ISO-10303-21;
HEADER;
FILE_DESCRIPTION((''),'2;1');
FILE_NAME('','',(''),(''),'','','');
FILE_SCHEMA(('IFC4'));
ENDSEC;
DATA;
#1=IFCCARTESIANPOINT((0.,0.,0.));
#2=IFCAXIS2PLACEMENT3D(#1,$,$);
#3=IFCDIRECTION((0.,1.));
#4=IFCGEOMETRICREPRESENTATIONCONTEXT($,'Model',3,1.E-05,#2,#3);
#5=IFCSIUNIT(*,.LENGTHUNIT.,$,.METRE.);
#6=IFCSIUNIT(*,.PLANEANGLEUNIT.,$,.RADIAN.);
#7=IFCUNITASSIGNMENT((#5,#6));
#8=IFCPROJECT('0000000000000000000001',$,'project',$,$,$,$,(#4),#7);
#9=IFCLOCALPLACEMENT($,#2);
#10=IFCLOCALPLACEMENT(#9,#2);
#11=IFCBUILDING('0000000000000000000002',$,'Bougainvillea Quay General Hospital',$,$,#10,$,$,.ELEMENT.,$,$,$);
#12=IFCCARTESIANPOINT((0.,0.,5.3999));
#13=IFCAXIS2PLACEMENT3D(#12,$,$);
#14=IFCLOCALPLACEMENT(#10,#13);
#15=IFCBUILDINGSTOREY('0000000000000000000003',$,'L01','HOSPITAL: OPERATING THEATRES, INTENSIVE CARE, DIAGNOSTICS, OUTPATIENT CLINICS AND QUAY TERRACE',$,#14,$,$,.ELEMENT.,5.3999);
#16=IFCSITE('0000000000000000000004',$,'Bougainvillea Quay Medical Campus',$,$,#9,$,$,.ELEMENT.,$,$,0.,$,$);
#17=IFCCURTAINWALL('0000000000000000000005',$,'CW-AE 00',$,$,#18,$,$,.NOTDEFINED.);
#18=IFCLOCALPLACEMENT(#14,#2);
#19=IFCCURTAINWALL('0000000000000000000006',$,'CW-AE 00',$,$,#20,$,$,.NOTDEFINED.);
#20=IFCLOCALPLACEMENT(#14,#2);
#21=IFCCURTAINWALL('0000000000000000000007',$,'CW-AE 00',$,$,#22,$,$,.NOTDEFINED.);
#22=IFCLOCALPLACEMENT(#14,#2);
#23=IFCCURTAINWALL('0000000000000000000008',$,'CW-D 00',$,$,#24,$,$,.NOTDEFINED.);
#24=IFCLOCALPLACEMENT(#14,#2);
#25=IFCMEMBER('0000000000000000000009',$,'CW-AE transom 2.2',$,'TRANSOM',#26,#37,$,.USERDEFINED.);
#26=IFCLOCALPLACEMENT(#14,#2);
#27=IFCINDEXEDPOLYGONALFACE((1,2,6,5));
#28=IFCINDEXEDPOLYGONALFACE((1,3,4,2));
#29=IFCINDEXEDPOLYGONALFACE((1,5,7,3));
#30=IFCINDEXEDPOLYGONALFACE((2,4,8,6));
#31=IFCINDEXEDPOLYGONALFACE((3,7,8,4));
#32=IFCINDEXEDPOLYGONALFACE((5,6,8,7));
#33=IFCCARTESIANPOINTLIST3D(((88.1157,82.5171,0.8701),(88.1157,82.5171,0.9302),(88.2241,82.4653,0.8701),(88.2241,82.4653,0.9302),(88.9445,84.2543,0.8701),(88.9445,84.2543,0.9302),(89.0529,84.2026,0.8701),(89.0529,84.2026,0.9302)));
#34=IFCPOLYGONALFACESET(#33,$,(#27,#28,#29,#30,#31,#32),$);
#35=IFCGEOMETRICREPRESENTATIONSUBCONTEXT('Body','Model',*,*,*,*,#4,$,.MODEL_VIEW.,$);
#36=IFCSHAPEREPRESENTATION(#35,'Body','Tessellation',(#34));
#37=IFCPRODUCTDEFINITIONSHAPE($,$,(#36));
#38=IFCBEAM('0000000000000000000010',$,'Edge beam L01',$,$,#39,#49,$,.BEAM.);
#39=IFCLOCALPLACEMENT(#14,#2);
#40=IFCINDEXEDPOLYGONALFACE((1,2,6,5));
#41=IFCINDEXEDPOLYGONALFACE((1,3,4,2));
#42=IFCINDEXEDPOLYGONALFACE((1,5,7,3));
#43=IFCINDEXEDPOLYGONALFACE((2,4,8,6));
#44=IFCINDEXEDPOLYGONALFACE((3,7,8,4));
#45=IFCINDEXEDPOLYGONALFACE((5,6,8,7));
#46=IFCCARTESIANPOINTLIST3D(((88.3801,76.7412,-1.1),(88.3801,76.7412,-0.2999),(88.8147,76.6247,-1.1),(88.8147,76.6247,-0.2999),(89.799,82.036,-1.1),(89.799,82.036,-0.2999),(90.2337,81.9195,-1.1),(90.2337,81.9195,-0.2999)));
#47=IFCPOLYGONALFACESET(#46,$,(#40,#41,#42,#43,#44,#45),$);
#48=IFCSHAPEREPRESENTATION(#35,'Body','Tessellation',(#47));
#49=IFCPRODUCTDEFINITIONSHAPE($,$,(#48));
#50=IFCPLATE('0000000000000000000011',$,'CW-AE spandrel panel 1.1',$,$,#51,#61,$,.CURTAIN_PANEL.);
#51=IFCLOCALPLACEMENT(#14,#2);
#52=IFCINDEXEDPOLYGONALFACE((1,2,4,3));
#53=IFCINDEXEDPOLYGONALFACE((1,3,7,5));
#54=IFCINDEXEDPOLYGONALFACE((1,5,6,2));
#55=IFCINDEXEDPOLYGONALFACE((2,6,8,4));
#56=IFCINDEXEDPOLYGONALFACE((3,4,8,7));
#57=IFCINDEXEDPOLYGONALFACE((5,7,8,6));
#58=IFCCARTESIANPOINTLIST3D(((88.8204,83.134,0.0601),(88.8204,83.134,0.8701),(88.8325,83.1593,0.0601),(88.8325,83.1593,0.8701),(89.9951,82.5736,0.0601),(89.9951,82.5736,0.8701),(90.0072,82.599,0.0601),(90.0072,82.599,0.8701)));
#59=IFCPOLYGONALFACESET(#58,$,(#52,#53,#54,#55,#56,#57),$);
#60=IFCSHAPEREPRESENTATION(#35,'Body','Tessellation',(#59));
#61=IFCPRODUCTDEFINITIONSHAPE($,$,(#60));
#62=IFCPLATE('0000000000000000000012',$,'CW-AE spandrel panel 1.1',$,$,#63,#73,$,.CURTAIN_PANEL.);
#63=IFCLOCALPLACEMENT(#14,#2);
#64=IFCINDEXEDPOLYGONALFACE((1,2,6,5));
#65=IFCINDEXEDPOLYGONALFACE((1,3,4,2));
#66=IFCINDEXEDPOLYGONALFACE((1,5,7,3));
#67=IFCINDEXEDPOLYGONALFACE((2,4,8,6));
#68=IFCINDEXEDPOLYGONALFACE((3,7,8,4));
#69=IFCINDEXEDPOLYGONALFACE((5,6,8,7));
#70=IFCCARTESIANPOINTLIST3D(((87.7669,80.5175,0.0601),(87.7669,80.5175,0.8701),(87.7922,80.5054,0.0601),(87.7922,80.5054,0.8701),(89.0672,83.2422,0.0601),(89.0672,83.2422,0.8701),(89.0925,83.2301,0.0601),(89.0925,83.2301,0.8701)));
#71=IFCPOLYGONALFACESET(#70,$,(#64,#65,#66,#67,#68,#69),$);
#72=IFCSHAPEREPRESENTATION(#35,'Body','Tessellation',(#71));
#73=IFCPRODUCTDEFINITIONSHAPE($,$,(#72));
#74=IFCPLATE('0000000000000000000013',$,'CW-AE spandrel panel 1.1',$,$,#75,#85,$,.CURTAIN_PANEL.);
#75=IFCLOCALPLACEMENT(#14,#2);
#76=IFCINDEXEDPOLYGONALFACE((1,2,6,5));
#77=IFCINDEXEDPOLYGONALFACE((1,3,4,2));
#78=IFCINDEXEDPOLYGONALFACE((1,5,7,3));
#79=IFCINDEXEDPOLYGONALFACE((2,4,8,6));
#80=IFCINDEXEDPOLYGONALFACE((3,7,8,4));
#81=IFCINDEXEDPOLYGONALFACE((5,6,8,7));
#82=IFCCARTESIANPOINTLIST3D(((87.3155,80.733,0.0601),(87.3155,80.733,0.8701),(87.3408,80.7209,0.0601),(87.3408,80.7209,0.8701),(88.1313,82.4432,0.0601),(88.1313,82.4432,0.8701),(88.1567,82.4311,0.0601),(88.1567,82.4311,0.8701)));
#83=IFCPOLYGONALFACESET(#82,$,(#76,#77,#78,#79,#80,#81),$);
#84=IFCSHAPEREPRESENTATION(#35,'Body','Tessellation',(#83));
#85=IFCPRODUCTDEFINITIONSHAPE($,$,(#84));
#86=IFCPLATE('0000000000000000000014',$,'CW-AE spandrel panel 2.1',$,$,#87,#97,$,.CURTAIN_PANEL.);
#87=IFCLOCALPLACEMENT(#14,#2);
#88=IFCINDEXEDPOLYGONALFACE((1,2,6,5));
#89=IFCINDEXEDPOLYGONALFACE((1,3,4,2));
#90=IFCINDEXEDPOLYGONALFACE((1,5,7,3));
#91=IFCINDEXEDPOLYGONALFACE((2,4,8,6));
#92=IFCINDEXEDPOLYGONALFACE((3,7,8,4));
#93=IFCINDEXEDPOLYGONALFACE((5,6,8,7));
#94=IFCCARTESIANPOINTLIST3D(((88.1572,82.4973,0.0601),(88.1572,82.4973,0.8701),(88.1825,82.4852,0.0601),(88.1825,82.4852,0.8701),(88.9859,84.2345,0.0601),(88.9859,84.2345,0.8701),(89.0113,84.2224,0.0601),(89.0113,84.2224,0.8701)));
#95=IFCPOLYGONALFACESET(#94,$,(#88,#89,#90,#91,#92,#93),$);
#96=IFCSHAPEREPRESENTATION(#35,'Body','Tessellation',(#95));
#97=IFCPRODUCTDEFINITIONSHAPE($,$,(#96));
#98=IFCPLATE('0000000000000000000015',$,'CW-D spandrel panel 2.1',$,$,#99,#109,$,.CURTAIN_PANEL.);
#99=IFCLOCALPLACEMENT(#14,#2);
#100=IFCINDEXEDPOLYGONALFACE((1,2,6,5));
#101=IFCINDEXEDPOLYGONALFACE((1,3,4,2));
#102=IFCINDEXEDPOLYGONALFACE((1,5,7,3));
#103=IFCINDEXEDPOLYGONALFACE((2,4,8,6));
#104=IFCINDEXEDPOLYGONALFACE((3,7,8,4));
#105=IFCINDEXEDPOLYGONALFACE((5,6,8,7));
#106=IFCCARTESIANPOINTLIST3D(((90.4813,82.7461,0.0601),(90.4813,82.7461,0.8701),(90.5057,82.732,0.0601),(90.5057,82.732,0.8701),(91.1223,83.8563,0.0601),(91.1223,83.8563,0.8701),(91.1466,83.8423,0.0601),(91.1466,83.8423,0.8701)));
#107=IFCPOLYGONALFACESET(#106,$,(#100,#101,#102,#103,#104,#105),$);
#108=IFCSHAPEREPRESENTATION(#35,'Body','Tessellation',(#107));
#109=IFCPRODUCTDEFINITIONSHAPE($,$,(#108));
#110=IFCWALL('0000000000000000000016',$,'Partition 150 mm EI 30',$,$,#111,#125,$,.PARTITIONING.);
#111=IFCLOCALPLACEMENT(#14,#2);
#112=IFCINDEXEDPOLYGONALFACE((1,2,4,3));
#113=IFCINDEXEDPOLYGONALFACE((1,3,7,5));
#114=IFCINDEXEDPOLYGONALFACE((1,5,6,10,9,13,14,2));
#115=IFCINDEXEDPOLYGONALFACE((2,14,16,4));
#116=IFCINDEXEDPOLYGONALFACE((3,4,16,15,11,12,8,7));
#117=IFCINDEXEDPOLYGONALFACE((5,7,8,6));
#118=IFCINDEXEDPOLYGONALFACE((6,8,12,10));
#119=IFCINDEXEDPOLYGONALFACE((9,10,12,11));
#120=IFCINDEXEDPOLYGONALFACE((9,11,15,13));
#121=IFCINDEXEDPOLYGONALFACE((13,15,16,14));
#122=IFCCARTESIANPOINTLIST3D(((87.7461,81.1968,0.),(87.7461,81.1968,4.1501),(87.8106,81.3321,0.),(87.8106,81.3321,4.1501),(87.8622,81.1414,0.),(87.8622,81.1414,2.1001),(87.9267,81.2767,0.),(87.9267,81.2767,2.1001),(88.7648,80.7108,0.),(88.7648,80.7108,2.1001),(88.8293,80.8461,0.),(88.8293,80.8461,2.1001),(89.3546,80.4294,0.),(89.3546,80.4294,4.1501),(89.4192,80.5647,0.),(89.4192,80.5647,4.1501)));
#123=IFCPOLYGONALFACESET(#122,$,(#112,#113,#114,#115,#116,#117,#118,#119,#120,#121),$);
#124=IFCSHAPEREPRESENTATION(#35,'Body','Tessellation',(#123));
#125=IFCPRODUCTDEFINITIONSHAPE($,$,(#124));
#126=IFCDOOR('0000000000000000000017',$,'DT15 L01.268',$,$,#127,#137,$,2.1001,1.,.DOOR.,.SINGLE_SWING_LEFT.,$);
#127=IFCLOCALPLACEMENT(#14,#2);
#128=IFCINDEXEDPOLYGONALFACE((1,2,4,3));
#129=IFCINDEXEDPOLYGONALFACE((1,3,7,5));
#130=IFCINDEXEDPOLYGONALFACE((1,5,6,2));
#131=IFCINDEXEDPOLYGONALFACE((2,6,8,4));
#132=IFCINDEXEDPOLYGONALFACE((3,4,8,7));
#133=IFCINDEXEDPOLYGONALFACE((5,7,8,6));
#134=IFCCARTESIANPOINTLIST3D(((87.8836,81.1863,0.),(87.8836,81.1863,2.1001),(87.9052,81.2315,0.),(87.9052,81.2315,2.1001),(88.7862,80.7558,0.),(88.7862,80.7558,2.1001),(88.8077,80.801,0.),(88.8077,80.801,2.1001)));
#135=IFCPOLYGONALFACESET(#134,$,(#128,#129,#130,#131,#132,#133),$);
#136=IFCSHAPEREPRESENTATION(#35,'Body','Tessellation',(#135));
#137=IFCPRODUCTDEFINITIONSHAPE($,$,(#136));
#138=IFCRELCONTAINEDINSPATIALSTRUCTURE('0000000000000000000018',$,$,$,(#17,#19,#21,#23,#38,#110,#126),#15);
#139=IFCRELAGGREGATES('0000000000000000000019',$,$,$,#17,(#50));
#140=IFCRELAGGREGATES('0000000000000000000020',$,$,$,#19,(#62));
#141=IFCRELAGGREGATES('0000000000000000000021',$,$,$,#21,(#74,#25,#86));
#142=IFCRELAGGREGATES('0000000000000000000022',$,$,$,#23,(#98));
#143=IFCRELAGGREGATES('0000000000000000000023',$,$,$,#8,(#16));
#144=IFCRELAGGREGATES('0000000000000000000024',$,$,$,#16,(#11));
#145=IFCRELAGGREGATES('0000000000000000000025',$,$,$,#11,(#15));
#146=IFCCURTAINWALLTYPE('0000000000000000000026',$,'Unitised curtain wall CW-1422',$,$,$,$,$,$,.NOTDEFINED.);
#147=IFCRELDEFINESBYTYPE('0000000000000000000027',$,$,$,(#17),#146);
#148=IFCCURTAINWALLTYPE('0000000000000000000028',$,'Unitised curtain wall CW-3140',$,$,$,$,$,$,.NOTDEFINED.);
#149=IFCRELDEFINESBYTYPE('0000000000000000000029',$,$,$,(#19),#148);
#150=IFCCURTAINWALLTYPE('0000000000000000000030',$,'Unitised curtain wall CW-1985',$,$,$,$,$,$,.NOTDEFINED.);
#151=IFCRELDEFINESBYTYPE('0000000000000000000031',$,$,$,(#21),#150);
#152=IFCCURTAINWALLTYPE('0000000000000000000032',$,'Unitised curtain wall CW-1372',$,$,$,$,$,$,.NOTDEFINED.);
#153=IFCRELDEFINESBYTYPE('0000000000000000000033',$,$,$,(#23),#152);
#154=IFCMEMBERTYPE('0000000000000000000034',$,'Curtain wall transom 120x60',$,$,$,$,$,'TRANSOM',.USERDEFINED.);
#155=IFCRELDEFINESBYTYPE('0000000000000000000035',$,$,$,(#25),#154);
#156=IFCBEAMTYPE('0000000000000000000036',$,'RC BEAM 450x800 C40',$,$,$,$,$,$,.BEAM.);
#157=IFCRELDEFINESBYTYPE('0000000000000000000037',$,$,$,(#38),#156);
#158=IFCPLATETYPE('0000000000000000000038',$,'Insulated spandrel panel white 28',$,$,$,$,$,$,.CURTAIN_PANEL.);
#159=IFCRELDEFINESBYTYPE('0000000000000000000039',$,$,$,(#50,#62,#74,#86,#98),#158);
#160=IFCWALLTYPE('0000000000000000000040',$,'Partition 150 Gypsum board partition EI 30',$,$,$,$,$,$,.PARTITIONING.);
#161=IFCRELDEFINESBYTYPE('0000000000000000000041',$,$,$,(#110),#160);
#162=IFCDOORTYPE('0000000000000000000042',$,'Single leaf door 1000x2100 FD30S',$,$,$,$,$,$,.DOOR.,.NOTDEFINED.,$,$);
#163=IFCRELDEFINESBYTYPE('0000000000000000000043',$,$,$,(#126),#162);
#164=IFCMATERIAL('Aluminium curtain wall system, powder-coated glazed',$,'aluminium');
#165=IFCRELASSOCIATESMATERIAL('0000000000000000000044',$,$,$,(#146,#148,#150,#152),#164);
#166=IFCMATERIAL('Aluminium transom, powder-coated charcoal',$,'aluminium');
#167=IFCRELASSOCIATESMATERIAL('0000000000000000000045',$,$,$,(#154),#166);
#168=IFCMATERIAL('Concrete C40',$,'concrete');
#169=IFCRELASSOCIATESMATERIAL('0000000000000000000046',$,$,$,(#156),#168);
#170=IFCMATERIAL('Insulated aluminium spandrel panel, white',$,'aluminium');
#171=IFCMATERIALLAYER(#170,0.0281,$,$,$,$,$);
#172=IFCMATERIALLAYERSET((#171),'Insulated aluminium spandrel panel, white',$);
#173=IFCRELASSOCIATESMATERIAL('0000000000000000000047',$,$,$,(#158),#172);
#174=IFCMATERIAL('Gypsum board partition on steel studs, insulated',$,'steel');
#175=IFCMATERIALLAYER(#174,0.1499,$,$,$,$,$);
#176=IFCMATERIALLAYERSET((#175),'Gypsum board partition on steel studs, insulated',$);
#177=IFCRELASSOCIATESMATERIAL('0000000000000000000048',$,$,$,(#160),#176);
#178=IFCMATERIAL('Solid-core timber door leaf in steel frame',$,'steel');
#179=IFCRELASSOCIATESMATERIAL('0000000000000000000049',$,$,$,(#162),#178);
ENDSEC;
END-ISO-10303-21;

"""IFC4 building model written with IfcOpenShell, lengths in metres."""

from ifc_helpers import new_model, si_unit, direction, frame, frame_2d, origin, origin_2d, place, context, subcontext, project, spatial, rectangle, extrude, material, layer, layer_set, material_profile, profile_set, type_object, element, fill, aggregate, save


model = new_model("IFC4")

# Units and contexts
model_context = context("Model", 3, precision=1e-05, world=origin(), true_north=direction((0.0, 1.0)))
body_context = subcontext(model_context, "Body", "Model", "MODEL_VIEW")
ifc_project = project(units=[si_unit("LENGTHUNIT", "METRE"), si_unit("PLANEANGLEUNIT", "RADIAN")], contexts=[model_context])

# Site, building, storey
site_placement = place(None, origin())
site = spatial("IfcSite", under=ifc_project, at=site_placement, Name="Bougainvillea Quay Medical Campus", CompositionType="ELEMENT", RefElevation=0.0)
building_placement = place(site_placement, origin())
building = spatial("IfcBuilding", under=site, at=building_placement, Name="Bougainvillea Quay General Hospital", CompositionType="ELEMENT")
storey_placement = place(building_placement, frame((0.0, 0.0, 5.3999)))
storey = spatial("IfcBuildingStorey", under=building, at=storey_placement, Name="L01", Description="HOSPITAL: OPERATING THEATRES, INTENSIVE CARE, DIAGNOSTICS, OUTPATIENT CLINICS AND QUAY TERRACE", CompositionType="ELEMENT", Elevation=5.3999)

# Curtain walls
ifc_material_1 = material(Name="Aluminium curtain wall system, powder-coated glazed", Category="aluminium")
curtain_wall_type_1 = type_object("IfcCurtainWallType", Name="Unitised curtain wall CW-1422", PredefinedType="NOTDEFINED", material=ifc_material_1)
curtain_wall_1_placement = place(storey_placement, origin())
curtain_wall_1 = element("IfcCurtainWall", 1, at=curtain_wall_1_placement, inside=storey, type_object=curtain_wall_type_1, Name="CW-AE 00", PredefinedType="NOTDEFINED")
curtain_wall_type_2 = type_object("IfcCurtainWallType", Name="Unitised curtain wall CW-3140", PredefinedType="NOTDEFINED", material=ifc_material_1)
curtain_wall_2_placement = place(storey_placement, origin())
curtain_wall_2 = element("IfcCurtainWall", 2, at=curtain_wall_2_placement, inside=storey, type_object=curtain_wall_type_2, Name="CW-AE 00", PredefinedType="NOTDEFINED")

# Curtain walls
curtain_wall_type_3 = type_object("IfcCurtainWallType", Name="Unitised curtain wall CW-1985", PredefinedType="NOTDEFINED", material=ifc_material_1)
curtain_wall_3_placement = place(storey_placement, origin())
curtain_wall_3 = element("IfcCurtainWall", 3, at=curtain_wall_3_placement, inside=storey, type_object=curtain_wall_type_3, Name="CW-AE 00", PredefinedType="NOTDEFINED")
curtain_wall_type_4 = type_object("IfcCurtainWallType", Name="Unitised curtain wall CW-1372", PredefinedType="NOTDEFINED", material=ifc_material_1)
curtain_wall_4_placement = place(storey_placement, origin())
curtain_wall_4 = element("IfcCurtainWall", 4, at=curtain_wall_4_placement, inside=storey, type_object=curtain_wall_type_4, Name="CW-D 00", PredefinedType="NOTDEFINED")

# Member
ifc_material_2 = material(Name="Aluminium transom, powder-coated charcoal", Category="aluminium")
ifc_material_profile_1 = material_profile(ifc_material_2, rectangle(XDim=0.1201, YDim=0.0601, at=origin_2d()))
ifc_profile_set_1 = profile_set([ifc_material_profile_1], Name="Aluminium transom, powder-coated charcoal")
member_type_1 = type_object("IfcMemberType", Name="Curtain wall transom 120x60", ElementType="TRANSOM", PredefinedType="USERDEFINED", material=ifc_profile_set_1)
member_1_placement = place(storey_placement, frame((88.1699, 82.4912, 0.9001), z_axis=(0.430598, 0.902544, 0.0), x_axis=(-0.902544, 0.430598, 0.0)))
member_1 = element("IfcMember", 5, at=member_1_placement, type_object=member_type_1, Name="CW-AE transom 2.2", ObjectType="TRANSOM", PredefinedType="USERDEFINED", context=body_context, shape_type="SweptSolid", body=[
    extrude(rectangle(XDim=0.1201, YDim=0.0601, at=origin_2d()), origin(), (0.0, 0.0, 1.0), 1.9248),
])

# Beam
ifc_material_3 = material(Name="Concrete C40", Category="concrete")
ifc_material_profile_2 = material_profile(ifc_material_3, rectangle(XDim=0.45, YDim=0.8, at=origin_2d()))
ifc_profile_set_2 = profile_set([ifc_material_profile_2], Name="Concrete C40")
beam_type = type_object("IfcBeamType", Name="RC BEAM 450x800 C40", PredefinedType="BEAM", material=ifc_profile_set_2)
beam_placement = place(storey_placement, frame((90.0164, 81.9778, -0.7), z_axis=(-0.258849, -0.965918, 0.0), x_axis=(0.965918, -0.258849, 0.0)))
element("IfcBeam", 6, at=beam_placement, inside=storey, type_object=beam_type, Name="Edge beam L01", PredefinedType="BEAM", context=body_context, shape_type="SweptSolid", body=[
    extrude(rectangle(XDim=0.45, YDim=0.8, at=origin_2d()), origin(), (0.0, 0.0, 1.0), 5.4817),
])

# Plates
ifc_material_4 = material(Name="Insulated aluminium spandrel panel, white", Category="aluminium")
ifc_layer_1 = layer(ifc_material_4, 0.0281)
ifc_layer_set_1 = layer_set([ifc_layer_1], Name="Insulated aluminium spandrel panel, white")
plate_type = type_object("IfcPlateType", Name="Insulated spandrel panel white 28", PredefinedType="CURTAIN_PANEL", material=ifc_layer_set_1)
plate_1_placement = place(storey_placement, frame((89.4138, 82.8665, 0.0601), z_axis=(0.0, 0.0, 1.0), x_axis=(-0.902574, 0.430534, 0.0)))
plate_1 = element("IfcPlate", 7, at=plate_1_placement, type_object=plate_type, Name="CW-AE spandrel panel 1.1", PredefinedType="CURTAIN_PANEL", context=body_context, shape_type="SweptSolid", body=[
    extrude(rectangle(XDim=1.3015, YDim=0.0281, at=origin_2d()), origin(), (0.0, 0.0, 1.0), 0.8101),
])
aggregate(curtain_wall_1, [plate_1])
plate_2_placement = place(storey_placement, frame((88.4297, 81.8738, 0.0601), z_axis=(0.0, 0.0, 1.0), x_axis=(-0.4307, -0.902495, 0.0)))
plate_2 = element("IfcPlate", 8, at=plate_2_placement, type_object=plate_type, Name="CW-AE spandrel panel 1.1", PredefinedType="CURTAIN_PANEL", context=body_context, shape_type="SweptSolid", body=[
    extrude(rectangle(XDim=3.019, YDim=0.0281, at=origin_2d()), origin(), (0.0, 0.0, 1.0), 0.8101),
])
aggregate(curtain_wall_2, [plate_2])
plate_3_placement = place(storey_placement, frame((87.7361, 81.582, 0.0601), z_axis=(0.0, 0.0, 1.0), x_axis=(0.430563, 0.902561, 0.0)))
plate_3 = element("IfcPlate", 9, at=plate_3_placement, type_object=plate_type, Name="CW-AE spandrel panel 1.1", PredefinedType="CURTAIN_PANEL", context=body_context, shape_type="SweptSolid", body=[
    extrude(rectangle(XDim=1.8948, YDim=0.0281, at=origin_2d()), origin(), (0.0, 0.0, 1.0), 0.8101),
])
plate_4_placement = place(storey_placement, frame((88.5842, 83.3599, 0.0601), z_axis=(0.0, 0.0, 1.0), x_axis=(0.430563, 0.902561, 0.0)))
plate_4 = element("IfcPlate", 10, at=plate_4_placement, type_object=plate_type, Name="CW-AE spandrel panel 2.1", PredefinedType="CURTAIN_PANEL", context=body_context, shape_type="SweptSolid", body=[
    extrude(rectangle(XDim=1.9248, YDim=0.0281, at=origin_2d()), origin(), (0.0, 0.0, 1.0), 0.8101),
])
aggregate(curtain_wall_3, [plate_3, member_1, plate_4])
plate_5_placement = place(storey_placement, frame((90.814, 83.2942, 0.0601), z_axis=(0.0, 0.0, 1.0), x_axis=(-0.499962, -0.866048, 0.0)))
plate_5 = element("IfcPlate", 11, at=plate_5_placement, type_object=plate_type, Name="CW-D spandrel panel 2.1", PredefinedType="CURTAIN_PANEL", context=body_context, shape_type="SweptSolid", body=[
    extrude(rectangle(XDim=1.282, YDim=0.0281, at=origin_2d()), origin(), (0.0, 0.0, 1.0), 0.8101),
])
aggregate(curtain_wall_4, [plate_5])

# Wall, opening, door
ifc_material_5 = material(Name="Gypsum board partition on steel studs, insulated", Category="steel")
ifc_layer_2 = layer(ifc_material_5, 0.1499)
ifc_layer_set_2 = layer_set([ifc_layer_2], Name="Gypsum board partition on steel studs, insulated")
wall_type = type_object("IfcWallType", Name="Partition 150 Gypsum board partition EI 30", PredefinedType="PARTITIONING", material=ifc_layer_set_2)
wall_placement = place(storey_placement, frame((87.7783, 81.2644, 0.0), z_axis=(0.0, 0.0, 1.0), x_axis=(0.902574, -0.430534, 0.0)))
wall = element("IfcWall", 12, at=wall_placement, inside=storey, type_object=wall_type, Name="Partition 150 mm EI 30", PredefinedType="PARTITIONING", context=body_context, shape_type="SweptSolid", body=[
    extrude(rectangle(XDim=1.7822, YDim=0.1499, at=frame_2d((0.8911, 0.0))), origin(), (0.0, 0.0, 1.0), 4.1501),
])
opening_placement = place(wall_placement, frame((0.1287, 0.0, 0.0)))
opening = element("IfcOpeningElement", 13, at=opening_placement, cuts=wall, PredefinedType="OPENING", context=body_context, shape_type="SweptSolid", body=[
    extrude(rectangle(XDim=1.0, YDim=2.1001, at=frame_2d((0.5, 1.05))), frame((0.0, 0.085, 0.0), z_axis=(0.0, -1.0, 0.0), x_axis=(1.0, 0.0, 0.0)), (0.0, 0.0, 1.0), 0.1699),
])
ifc_material_6 = material(Name="Solid-core timber door leaf in steel frame", Category="steel")
door_type = type_object("IfcDoorType", Name="Single leaf door 1000x2100 FD30S", OperationType="NOTDEFINED", PredefinedType="DOOR", material=ifc_material_6)
door_placement = place(opening_placement, origin())
door = element("IfcDoor", 14, at=door_placement, inside=storey, type_object=door_type, Name="DT15 L01.268", OperationType="SINGLE_SWING_LEFT", OverallHeight=2.1001, OverallWidth=1.0, PredefinedType="DOOR", context=body_context, shape_type="SweptSolid", body=[
    extrude(rectangle(XDim=1.0, YDim=2.1001, at=frame_2d((0.5, 1.05))), frame((0.0, 0.0249, 0.0), z_axis=(0.0, -1.0, 0.0), x_axis=(1.0, 0.0, 0.0)), (0.0, 0.0, 1.0), 0.05),
])
fill(opening, door)

save(model, "model.ifc")
